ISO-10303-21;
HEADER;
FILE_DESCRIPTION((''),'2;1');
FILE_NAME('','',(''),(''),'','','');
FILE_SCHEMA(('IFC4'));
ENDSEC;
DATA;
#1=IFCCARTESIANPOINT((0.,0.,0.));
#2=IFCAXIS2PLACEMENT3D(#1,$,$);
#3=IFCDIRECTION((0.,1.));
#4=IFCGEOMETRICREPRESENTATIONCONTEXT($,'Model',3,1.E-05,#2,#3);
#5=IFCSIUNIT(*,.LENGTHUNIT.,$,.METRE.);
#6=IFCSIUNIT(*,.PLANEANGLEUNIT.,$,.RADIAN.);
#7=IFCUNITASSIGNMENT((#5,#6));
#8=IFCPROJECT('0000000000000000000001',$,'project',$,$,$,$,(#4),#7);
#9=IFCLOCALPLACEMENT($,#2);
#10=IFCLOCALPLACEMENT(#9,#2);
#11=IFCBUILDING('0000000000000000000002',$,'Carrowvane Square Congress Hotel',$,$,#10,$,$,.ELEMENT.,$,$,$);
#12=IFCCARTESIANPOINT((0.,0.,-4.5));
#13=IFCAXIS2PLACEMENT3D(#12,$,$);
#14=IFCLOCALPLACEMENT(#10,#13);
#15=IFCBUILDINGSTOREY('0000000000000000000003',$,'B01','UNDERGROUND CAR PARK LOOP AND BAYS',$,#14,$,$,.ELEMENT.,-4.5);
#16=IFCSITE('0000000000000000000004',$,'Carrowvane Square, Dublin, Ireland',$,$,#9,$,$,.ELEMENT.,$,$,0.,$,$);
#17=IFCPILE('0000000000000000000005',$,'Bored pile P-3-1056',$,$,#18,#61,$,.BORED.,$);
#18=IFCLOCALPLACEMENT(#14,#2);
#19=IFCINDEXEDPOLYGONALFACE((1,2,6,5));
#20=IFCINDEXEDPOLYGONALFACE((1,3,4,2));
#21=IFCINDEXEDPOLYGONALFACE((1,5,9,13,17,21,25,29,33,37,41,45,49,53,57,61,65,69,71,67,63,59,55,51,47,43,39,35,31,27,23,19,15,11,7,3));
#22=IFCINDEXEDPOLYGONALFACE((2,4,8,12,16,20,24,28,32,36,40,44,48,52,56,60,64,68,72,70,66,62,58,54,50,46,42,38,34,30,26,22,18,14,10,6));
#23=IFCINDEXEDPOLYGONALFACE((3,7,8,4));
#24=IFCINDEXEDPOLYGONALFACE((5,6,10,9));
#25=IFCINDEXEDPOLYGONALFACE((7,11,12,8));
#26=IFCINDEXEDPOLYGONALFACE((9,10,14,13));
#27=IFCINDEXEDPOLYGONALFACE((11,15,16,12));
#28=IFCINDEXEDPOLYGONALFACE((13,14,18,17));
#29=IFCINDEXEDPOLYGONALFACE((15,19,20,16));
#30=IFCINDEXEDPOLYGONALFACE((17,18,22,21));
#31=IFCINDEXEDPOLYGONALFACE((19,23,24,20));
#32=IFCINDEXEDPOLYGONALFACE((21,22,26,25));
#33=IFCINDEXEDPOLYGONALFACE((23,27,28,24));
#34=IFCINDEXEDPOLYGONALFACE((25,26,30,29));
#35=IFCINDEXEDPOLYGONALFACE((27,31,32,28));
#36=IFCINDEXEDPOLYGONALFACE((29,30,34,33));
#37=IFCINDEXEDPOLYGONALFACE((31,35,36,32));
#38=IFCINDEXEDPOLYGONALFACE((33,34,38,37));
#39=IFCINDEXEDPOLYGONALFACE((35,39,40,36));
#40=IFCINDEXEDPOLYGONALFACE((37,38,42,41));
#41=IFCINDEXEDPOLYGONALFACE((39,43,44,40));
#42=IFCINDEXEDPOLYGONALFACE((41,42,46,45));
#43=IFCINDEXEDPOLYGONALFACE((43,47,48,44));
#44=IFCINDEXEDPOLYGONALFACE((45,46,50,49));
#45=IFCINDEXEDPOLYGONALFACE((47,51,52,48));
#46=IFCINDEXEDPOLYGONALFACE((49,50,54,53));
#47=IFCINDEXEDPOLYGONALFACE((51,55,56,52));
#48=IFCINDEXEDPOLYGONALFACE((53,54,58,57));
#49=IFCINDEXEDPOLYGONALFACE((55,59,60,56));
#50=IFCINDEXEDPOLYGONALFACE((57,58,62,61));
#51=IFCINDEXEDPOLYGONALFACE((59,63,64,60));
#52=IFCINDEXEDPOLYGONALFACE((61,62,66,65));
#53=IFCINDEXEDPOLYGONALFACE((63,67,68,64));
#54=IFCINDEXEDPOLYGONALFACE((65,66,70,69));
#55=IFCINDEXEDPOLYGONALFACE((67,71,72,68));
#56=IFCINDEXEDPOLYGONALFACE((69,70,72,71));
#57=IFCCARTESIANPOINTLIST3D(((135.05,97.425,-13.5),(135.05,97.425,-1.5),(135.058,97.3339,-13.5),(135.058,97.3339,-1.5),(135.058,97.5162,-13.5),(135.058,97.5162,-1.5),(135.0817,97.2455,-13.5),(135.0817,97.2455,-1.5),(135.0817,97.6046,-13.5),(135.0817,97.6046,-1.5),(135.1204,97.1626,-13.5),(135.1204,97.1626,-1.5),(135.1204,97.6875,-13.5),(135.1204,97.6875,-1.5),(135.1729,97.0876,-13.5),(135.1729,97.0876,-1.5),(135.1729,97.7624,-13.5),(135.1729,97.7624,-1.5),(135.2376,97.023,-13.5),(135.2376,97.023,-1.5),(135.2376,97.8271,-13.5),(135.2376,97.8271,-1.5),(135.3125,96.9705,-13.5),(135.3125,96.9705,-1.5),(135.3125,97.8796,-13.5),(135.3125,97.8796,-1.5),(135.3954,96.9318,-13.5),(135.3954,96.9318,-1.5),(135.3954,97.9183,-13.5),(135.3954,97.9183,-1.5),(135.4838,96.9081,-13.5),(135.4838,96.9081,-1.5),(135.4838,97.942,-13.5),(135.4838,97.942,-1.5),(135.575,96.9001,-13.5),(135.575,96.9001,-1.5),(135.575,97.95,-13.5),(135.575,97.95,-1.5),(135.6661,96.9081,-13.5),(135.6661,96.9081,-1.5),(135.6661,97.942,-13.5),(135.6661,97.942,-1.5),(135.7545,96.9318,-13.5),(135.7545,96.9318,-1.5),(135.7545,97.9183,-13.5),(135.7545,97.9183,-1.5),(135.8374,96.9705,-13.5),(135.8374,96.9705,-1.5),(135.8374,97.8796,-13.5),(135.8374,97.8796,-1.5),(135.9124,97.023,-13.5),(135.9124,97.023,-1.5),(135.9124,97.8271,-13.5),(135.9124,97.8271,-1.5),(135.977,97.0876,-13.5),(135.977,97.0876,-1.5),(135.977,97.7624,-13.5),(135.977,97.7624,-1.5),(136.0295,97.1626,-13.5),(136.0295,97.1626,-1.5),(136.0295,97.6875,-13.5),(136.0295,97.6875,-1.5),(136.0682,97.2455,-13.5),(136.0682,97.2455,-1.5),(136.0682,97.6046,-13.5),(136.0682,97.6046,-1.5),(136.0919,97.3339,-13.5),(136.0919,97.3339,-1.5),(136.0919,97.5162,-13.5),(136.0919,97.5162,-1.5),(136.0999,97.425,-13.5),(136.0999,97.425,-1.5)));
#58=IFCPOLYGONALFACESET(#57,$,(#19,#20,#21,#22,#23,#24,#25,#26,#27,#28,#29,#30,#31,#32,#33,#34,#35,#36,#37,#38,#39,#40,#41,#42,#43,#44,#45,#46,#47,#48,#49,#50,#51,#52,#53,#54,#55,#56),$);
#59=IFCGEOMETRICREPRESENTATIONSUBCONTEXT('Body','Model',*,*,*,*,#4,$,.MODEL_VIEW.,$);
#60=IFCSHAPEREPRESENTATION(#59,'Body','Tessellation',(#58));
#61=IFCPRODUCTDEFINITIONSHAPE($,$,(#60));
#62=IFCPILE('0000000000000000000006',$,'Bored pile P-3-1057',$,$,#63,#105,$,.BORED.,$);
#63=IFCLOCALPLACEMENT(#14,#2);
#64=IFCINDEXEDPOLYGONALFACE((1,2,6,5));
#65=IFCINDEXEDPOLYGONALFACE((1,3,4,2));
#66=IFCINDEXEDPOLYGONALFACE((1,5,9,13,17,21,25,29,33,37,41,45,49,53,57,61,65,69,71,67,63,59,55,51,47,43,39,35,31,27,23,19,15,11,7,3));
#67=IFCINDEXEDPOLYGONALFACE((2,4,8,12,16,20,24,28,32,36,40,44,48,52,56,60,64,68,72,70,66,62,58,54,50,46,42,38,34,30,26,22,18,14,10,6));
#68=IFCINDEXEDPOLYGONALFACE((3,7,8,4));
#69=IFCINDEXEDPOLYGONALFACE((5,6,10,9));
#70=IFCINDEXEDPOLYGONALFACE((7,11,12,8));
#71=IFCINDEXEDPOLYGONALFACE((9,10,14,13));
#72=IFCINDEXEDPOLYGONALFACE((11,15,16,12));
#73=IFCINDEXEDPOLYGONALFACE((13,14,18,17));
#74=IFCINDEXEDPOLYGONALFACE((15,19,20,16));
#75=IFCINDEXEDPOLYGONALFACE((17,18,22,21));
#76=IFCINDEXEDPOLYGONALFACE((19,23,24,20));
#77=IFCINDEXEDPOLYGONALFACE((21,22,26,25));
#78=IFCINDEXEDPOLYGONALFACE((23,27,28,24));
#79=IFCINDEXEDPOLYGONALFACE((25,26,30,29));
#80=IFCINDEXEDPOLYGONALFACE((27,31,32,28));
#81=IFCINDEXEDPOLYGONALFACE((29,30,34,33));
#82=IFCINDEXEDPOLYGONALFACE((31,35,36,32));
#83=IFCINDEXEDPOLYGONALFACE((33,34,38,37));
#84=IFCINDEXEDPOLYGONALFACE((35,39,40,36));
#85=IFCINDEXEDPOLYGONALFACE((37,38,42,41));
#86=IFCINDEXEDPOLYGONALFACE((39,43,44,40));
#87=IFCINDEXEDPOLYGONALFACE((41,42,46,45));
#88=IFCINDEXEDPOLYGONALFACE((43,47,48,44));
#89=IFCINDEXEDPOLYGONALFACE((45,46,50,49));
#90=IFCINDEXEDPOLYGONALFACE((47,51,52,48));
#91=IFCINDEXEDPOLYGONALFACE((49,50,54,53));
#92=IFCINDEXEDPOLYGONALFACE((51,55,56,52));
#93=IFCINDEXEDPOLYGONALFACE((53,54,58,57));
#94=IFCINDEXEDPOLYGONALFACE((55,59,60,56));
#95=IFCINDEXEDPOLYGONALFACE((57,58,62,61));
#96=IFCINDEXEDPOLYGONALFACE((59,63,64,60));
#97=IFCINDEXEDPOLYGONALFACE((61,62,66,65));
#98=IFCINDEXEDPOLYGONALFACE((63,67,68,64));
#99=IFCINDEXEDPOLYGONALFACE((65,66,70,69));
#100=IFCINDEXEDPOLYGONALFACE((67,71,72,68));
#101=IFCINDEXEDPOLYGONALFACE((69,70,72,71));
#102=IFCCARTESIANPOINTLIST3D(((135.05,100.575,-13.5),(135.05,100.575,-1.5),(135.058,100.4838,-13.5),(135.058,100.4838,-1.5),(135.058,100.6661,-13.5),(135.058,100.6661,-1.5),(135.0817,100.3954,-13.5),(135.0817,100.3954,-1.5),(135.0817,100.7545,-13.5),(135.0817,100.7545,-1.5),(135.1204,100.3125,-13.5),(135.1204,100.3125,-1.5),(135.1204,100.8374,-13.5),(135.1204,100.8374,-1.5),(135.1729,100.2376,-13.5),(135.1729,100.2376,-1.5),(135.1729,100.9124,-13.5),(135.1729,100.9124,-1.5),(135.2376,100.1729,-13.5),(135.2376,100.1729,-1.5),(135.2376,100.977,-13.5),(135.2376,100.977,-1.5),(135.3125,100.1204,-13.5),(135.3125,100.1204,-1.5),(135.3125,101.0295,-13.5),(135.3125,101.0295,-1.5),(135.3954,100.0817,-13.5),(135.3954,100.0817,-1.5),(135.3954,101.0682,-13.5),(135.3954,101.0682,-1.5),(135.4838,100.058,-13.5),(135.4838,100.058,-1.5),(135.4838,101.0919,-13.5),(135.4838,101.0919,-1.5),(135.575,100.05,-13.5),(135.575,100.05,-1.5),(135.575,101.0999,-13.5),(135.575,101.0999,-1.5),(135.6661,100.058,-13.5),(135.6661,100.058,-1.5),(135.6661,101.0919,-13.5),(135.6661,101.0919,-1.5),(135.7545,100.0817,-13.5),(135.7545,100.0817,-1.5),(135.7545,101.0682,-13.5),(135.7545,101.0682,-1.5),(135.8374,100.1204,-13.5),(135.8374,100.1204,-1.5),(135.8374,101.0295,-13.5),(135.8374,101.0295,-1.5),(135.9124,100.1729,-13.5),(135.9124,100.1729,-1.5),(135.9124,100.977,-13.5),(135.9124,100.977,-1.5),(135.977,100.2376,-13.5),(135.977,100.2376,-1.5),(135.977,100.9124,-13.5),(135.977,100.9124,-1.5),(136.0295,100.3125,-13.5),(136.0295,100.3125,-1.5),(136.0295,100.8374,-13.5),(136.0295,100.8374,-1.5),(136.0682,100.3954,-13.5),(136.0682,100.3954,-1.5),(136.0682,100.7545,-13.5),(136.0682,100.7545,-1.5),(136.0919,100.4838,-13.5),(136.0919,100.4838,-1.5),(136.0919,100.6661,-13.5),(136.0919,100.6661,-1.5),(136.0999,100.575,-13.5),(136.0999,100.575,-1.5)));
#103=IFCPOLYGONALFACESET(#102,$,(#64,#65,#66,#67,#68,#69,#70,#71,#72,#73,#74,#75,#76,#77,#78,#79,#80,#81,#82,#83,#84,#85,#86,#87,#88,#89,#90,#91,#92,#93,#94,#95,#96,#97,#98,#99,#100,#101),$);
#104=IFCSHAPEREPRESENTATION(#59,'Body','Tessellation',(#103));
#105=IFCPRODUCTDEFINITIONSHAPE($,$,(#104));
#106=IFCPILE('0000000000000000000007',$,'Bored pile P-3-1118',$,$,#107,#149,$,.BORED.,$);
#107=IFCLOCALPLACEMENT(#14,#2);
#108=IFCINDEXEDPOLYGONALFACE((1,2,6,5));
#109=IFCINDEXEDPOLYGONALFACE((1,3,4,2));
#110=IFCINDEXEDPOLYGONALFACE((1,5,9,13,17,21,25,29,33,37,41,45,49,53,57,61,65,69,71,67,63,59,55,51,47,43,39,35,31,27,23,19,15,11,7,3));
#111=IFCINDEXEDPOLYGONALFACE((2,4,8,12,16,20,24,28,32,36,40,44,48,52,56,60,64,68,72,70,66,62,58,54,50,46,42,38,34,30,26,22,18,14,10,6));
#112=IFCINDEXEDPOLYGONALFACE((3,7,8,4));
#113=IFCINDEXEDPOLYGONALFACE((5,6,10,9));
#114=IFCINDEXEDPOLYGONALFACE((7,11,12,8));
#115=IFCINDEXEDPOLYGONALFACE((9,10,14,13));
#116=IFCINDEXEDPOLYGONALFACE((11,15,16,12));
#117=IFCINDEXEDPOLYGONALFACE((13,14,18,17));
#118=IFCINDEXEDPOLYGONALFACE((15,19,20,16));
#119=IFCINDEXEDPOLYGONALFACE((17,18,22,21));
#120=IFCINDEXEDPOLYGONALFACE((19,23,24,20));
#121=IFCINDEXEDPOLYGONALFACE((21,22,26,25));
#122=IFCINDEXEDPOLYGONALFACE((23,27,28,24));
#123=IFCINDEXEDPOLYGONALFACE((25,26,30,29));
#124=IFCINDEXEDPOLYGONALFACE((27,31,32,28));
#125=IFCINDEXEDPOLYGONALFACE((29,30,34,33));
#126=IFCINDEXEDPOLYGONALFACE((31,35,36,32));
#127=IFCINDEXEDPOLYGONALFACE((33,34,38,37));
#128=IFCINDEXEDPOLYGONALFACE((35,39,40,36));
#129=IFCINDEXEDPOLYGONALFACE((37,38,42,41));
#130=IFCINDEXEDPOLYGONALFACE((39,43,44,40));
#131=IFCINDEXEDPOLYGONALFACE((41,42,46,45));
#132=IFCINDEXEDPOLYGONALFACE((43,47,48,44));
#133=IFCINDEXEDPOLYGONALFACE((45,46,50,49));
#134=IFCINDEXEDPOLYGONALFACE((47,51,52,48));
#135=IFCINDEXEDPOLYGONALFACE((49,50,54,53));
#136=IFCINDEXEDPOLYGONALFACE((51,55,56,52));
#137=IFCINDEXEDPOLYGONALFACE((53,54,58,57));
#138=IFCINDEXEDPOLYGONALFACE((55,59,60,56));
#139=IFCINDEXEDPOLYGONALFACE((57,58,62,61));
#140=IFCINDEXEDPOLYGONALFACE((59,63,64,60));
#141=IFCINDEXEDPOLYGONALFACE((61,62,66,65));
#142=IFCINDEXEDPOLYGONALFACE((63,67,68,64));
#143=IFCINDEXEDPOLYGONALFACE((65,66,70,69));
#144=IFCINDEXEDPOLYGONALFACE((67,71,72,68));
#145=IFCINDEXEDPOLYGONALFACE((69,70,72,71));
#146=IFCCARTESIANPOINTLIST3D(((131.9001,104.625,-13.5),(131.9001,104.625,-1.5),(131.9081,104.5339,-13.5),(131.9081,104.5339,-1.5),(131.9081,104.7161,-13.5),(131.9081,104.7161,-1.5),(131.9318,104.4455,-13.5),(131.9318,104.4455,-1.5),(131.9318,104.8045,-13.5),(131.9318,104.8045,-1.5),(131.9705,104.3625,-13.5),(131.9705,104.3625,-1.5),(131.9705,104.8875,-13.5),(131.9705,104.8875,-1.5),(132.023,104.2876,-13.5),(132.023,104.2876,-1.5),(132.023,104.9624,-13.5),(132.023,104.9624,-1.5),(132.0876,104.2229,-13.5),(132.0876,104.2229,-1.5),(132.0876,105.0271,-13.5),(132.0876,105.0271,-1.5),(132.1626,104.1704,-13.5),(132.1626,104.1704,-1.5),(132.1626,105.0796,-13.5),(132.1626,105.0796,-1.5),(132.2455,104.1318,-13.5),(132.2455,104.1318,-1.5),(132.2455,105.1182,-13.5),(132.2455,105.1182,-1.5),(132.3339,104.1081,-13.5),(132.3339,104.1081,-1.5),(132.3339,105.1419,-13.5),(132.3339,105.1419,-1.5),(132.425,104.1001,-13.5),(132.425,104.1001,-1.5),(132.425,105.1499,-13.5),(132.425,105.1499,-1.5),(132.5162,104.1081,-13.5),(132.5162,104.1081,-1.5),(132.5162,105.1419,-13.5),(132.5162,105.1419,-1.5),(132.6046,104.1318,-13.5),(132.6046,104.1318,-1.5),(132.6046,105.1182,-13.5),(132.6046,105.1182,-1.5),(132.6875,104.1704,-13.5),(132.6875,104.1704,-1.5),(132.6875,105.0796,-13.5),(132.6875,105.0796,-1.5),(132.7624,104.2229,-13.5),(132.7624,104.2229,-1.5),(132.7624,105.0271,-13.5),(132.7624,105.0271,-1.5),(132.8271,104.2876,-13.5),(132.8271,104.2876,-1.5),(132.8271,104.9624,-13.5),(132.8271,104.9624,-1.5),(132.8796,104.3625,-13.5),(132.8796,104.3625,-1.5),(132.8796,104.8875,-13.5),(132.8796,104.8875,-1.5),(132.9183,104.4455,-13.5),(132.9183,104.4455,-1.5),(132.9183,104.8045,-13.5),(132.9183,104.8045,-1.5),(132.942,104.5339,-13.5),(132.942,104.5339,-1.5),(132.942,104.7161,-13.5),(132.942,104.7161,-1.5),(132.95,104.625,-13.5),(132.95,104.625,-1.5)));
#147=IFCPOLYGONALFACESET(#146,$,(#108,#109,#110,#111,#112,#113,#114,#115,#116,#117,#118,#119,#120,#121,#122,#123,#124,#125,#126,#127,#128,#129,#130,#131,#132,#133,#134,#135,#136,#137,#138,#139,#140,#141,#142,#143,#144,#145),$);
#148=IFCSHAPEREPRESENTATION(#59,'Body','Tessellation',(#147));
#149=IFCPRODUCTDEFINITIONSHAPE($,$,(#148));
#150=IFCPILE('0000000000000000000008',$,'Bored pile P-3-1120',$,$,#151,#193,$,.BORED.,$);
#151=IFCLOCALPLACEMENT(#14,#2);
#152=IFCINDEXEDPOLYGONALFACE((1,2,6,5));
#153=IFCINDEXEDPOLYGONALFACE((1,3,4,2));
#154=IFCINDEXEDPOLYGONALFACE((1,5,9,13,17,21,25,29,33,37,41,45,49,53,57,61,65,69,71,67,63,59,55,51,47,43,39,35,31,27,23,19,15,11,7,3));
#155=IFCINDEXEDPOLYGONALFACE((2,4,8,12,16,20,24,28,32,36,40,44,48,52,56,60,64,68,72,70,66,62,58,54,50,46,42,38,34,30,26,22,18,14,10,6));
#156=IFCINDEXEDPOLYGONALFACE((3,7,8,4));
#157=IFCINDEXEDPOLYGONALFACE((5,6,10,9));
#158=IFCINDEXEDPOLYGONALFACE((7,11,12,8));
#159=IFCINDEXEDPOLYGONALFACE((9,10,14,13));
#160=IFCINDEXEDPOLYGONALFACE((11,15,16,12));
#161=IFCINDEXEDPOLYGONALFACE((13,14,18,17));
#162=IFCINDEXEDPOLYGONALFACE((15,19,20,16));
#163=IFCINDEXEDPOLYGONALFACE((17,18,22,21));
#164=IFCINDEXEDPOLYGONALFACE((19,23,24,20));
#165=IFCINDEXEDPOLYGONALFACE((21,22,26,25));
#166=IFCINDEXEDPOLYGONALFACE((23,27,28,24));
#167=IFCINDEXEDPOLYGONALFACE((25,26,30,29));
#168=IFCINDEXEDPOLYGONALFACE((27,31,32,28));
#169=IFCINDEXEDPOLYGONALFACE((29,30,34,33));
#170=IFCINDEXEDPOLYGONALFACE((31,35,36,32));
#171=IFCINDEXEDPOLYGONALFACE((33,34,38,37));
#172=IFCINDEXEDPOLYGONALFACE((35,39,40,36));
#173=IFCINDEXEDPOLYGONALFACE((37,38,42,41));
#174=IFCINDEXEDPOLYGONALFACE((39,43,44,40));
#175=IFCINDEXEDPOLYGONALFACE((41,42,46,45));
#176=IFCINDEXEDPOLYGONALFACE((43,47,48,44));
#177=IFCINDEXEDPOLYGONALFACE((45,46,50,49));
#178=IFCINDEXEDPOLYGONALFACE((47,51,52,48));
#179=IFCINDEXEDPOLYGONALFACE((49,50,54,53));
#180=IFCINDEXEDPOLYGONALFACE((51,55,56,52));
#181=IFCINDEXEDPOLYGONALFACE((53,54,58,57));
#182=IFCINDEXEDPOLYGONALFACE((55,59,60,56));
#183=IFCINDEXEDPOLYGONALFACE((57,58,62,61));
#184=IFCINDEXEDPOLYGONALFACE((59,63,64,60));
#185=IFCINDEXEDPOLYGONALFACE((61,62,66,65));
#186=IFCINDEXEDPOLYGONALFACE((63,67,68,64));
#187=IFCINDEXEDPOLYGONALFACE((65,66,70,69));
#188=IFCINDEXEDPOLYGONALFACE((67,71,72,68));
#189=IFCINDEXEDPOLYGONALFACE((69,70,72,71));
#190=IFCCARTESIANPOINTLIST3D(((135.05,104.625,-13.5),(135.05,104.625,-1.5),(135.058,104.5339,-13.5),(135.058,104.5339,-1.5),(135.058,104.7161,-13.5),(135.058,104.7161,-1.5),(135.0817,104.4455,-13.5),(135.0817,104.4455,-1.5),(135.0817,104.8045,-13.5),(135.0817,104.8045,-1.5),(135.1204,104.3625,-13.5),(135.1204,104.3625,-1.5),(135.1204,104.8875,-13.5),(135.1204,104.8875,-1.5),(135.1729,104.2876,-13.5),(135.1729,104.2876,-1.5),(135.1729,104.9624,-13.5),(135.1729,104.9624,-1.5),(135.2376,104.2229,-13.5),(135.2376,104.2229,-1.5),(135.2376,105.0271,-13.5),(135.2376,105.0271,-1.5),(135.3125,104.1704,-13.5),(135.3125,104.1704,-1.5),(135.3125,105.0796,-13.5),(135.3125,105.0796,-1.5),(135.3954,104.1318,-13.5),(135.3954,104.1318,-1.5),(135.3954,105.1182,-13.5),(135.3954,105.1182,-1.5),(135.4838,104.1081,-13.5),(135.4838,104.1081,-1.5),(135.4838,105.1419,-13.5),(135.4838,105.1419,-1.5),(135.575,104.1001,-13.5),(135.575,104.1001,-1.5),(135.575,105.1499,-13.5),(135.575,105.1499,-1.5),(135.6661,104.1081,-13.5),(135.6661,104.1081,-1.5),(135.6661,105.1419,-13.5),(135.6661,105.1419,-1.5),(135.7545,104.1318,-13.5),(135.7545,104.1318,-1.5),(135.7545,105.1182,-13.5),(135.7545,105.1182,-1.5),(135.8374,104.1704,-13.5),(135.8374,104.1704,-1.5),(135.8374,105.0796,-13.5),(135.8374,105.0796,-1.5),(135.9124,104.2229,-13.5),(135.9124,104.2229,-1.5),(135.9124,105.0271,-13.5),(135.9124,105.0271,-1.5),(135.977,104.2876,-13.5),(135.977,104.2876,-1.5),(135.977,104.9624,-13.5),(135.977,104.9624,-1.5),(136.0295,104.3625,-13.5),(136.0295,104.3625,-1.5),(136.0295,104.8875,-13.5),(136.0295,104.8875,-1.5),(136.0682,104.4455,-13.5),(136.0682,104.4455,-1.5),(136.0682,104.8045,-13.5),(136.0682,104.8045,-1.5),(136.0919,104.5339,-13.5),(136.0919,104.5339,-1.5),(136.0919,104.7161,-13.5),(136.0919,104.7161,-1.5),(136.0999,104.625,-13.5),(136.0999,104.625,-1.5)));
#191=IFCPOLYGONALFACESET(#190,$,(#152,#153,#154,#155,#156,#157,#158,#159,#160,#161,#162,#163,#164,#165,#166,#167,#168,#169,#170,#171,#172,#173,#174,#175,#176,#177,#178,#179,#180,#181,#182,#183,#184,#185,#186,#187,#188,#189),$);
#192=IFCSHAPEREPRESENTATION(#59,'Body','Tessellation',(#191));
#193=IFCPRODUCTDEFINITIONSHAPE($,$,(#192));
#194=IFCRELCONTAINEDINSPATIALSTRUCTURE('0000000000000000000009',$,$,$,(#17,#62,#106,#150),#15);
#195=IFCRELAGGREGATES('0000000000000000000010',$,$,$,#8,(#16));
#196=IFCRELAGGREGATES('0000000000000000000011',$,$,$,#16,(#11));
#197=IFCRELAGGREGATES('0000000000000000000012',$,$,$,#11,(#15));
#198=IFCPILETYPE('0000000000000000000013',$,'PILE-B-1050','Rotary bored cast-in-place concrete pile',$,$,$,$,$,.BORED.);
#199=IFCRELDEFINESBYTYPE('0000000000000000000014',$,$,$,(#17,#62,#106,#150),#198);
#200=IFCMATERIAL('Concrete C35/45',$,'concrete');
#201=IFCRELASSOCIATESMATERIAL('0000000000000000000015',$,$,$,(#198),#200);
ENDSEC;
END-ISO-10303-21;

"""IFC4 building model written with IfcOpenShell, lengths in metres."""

from ifc_helpers import new_model, si_unit, direction, frame, origin, origin_2d, place, context, subcontext, project, spatial, circle, extrude, material, material_profile, profile_set, type_object, element, save


model = new_model("IFC4")

# Units and contexts
model_context = context("Model", 3, precision=1e-05, world=origin(), true_north=direction((0.0, 1.0)))
body_context = subcontext(model_context, "Body", "Model", "MODEL_VIEW")
ifc_project = project(units=[si_unit("LENGTHUNIT", "METRE"), si_unit("PLANEANGLEUNIT", "RADIAN")], contexts=[model_context])

# Site, building, storey
site_placement = place(None, origin())
site = spatial("IfcSite", under=ifc_project, at=site_placement, Name="Carrowvane Square, Dublin, Ireland", CompositionType="ELEMENT", RefElevation=0.0)
building_placement = place(site_placement, origin())
building = spatial("IfcBuilding", under=site, at=building_placement, Name="Carrowvane Square Congress Hotel", CompositionType="ELEMENT")
storey_placement = place(building_placement, frame((0.0, 0.0, -4.5)))
storey = spatial("IfcBuildingStorey", under=building, at=storey_placement, Name="B01", Description="UNDERGROUND CAR PARK LOOP AND BAYS", CompositionType="ELEMENT", Elevation=-4.5)

# Piles
ifc_material_1 = material(Name="Concrete C35/45", Category="concrete")
ifc_material_profile_1 = material_profile(ifc_material_1, circle(Radius=0.5249, at=origin_2d()), Name="PILE D1050")
ifc_profile_set_1 = profile_set([ifc_material_profile_1], Name="Concrete C35/45")
pile_type_1 = type_object("IfcPileType", Name="PILE-B-1050", Description="Rotary bored cast-in-place concrete pile", PredefinedType="BORED", material=ifc_profile_set_1)
for number, where, z_axis, x_axis, name in (
    (1, (135.575, 97.425, -1.5), (0.0, 0.0, -1.0), (1.0, 0.0, 0.0), "Bored pile P-3-1056"),
    (2, (135.575, 100.575, -1.5), (0.0, 0.0, -1.0), (1.0, 0.0, 0.0), "Bored pile P-3-1057"),
    (3, (132.425, 104.625, -1.5), (0.0, 0.0, -1.0), (1.0, 0.0, 0.0), "Bored pile P-3-1118"),
    (4, (135.575, 104.625, -1.5), (0.0, 0.0, -1.0), (1.0, 0.0, 0.0), "Bored pile P-3-1120"),
):
    element("IfcPile", number, at=place(storey_placement, frame(where, z_axis=z_axis, x_axis=x_axis)), inside=storey, type_object=pile_type_1, Name=name, PredefinedType="BORED", context=body_context, shape_type="SweptSolid", body=[
        extrude(circle(Radius=0.5249, at=origin_2d()), origin(), (0.0, 0.0, 1.0), 12.0),
    ])

save(model, "model.ifc")
